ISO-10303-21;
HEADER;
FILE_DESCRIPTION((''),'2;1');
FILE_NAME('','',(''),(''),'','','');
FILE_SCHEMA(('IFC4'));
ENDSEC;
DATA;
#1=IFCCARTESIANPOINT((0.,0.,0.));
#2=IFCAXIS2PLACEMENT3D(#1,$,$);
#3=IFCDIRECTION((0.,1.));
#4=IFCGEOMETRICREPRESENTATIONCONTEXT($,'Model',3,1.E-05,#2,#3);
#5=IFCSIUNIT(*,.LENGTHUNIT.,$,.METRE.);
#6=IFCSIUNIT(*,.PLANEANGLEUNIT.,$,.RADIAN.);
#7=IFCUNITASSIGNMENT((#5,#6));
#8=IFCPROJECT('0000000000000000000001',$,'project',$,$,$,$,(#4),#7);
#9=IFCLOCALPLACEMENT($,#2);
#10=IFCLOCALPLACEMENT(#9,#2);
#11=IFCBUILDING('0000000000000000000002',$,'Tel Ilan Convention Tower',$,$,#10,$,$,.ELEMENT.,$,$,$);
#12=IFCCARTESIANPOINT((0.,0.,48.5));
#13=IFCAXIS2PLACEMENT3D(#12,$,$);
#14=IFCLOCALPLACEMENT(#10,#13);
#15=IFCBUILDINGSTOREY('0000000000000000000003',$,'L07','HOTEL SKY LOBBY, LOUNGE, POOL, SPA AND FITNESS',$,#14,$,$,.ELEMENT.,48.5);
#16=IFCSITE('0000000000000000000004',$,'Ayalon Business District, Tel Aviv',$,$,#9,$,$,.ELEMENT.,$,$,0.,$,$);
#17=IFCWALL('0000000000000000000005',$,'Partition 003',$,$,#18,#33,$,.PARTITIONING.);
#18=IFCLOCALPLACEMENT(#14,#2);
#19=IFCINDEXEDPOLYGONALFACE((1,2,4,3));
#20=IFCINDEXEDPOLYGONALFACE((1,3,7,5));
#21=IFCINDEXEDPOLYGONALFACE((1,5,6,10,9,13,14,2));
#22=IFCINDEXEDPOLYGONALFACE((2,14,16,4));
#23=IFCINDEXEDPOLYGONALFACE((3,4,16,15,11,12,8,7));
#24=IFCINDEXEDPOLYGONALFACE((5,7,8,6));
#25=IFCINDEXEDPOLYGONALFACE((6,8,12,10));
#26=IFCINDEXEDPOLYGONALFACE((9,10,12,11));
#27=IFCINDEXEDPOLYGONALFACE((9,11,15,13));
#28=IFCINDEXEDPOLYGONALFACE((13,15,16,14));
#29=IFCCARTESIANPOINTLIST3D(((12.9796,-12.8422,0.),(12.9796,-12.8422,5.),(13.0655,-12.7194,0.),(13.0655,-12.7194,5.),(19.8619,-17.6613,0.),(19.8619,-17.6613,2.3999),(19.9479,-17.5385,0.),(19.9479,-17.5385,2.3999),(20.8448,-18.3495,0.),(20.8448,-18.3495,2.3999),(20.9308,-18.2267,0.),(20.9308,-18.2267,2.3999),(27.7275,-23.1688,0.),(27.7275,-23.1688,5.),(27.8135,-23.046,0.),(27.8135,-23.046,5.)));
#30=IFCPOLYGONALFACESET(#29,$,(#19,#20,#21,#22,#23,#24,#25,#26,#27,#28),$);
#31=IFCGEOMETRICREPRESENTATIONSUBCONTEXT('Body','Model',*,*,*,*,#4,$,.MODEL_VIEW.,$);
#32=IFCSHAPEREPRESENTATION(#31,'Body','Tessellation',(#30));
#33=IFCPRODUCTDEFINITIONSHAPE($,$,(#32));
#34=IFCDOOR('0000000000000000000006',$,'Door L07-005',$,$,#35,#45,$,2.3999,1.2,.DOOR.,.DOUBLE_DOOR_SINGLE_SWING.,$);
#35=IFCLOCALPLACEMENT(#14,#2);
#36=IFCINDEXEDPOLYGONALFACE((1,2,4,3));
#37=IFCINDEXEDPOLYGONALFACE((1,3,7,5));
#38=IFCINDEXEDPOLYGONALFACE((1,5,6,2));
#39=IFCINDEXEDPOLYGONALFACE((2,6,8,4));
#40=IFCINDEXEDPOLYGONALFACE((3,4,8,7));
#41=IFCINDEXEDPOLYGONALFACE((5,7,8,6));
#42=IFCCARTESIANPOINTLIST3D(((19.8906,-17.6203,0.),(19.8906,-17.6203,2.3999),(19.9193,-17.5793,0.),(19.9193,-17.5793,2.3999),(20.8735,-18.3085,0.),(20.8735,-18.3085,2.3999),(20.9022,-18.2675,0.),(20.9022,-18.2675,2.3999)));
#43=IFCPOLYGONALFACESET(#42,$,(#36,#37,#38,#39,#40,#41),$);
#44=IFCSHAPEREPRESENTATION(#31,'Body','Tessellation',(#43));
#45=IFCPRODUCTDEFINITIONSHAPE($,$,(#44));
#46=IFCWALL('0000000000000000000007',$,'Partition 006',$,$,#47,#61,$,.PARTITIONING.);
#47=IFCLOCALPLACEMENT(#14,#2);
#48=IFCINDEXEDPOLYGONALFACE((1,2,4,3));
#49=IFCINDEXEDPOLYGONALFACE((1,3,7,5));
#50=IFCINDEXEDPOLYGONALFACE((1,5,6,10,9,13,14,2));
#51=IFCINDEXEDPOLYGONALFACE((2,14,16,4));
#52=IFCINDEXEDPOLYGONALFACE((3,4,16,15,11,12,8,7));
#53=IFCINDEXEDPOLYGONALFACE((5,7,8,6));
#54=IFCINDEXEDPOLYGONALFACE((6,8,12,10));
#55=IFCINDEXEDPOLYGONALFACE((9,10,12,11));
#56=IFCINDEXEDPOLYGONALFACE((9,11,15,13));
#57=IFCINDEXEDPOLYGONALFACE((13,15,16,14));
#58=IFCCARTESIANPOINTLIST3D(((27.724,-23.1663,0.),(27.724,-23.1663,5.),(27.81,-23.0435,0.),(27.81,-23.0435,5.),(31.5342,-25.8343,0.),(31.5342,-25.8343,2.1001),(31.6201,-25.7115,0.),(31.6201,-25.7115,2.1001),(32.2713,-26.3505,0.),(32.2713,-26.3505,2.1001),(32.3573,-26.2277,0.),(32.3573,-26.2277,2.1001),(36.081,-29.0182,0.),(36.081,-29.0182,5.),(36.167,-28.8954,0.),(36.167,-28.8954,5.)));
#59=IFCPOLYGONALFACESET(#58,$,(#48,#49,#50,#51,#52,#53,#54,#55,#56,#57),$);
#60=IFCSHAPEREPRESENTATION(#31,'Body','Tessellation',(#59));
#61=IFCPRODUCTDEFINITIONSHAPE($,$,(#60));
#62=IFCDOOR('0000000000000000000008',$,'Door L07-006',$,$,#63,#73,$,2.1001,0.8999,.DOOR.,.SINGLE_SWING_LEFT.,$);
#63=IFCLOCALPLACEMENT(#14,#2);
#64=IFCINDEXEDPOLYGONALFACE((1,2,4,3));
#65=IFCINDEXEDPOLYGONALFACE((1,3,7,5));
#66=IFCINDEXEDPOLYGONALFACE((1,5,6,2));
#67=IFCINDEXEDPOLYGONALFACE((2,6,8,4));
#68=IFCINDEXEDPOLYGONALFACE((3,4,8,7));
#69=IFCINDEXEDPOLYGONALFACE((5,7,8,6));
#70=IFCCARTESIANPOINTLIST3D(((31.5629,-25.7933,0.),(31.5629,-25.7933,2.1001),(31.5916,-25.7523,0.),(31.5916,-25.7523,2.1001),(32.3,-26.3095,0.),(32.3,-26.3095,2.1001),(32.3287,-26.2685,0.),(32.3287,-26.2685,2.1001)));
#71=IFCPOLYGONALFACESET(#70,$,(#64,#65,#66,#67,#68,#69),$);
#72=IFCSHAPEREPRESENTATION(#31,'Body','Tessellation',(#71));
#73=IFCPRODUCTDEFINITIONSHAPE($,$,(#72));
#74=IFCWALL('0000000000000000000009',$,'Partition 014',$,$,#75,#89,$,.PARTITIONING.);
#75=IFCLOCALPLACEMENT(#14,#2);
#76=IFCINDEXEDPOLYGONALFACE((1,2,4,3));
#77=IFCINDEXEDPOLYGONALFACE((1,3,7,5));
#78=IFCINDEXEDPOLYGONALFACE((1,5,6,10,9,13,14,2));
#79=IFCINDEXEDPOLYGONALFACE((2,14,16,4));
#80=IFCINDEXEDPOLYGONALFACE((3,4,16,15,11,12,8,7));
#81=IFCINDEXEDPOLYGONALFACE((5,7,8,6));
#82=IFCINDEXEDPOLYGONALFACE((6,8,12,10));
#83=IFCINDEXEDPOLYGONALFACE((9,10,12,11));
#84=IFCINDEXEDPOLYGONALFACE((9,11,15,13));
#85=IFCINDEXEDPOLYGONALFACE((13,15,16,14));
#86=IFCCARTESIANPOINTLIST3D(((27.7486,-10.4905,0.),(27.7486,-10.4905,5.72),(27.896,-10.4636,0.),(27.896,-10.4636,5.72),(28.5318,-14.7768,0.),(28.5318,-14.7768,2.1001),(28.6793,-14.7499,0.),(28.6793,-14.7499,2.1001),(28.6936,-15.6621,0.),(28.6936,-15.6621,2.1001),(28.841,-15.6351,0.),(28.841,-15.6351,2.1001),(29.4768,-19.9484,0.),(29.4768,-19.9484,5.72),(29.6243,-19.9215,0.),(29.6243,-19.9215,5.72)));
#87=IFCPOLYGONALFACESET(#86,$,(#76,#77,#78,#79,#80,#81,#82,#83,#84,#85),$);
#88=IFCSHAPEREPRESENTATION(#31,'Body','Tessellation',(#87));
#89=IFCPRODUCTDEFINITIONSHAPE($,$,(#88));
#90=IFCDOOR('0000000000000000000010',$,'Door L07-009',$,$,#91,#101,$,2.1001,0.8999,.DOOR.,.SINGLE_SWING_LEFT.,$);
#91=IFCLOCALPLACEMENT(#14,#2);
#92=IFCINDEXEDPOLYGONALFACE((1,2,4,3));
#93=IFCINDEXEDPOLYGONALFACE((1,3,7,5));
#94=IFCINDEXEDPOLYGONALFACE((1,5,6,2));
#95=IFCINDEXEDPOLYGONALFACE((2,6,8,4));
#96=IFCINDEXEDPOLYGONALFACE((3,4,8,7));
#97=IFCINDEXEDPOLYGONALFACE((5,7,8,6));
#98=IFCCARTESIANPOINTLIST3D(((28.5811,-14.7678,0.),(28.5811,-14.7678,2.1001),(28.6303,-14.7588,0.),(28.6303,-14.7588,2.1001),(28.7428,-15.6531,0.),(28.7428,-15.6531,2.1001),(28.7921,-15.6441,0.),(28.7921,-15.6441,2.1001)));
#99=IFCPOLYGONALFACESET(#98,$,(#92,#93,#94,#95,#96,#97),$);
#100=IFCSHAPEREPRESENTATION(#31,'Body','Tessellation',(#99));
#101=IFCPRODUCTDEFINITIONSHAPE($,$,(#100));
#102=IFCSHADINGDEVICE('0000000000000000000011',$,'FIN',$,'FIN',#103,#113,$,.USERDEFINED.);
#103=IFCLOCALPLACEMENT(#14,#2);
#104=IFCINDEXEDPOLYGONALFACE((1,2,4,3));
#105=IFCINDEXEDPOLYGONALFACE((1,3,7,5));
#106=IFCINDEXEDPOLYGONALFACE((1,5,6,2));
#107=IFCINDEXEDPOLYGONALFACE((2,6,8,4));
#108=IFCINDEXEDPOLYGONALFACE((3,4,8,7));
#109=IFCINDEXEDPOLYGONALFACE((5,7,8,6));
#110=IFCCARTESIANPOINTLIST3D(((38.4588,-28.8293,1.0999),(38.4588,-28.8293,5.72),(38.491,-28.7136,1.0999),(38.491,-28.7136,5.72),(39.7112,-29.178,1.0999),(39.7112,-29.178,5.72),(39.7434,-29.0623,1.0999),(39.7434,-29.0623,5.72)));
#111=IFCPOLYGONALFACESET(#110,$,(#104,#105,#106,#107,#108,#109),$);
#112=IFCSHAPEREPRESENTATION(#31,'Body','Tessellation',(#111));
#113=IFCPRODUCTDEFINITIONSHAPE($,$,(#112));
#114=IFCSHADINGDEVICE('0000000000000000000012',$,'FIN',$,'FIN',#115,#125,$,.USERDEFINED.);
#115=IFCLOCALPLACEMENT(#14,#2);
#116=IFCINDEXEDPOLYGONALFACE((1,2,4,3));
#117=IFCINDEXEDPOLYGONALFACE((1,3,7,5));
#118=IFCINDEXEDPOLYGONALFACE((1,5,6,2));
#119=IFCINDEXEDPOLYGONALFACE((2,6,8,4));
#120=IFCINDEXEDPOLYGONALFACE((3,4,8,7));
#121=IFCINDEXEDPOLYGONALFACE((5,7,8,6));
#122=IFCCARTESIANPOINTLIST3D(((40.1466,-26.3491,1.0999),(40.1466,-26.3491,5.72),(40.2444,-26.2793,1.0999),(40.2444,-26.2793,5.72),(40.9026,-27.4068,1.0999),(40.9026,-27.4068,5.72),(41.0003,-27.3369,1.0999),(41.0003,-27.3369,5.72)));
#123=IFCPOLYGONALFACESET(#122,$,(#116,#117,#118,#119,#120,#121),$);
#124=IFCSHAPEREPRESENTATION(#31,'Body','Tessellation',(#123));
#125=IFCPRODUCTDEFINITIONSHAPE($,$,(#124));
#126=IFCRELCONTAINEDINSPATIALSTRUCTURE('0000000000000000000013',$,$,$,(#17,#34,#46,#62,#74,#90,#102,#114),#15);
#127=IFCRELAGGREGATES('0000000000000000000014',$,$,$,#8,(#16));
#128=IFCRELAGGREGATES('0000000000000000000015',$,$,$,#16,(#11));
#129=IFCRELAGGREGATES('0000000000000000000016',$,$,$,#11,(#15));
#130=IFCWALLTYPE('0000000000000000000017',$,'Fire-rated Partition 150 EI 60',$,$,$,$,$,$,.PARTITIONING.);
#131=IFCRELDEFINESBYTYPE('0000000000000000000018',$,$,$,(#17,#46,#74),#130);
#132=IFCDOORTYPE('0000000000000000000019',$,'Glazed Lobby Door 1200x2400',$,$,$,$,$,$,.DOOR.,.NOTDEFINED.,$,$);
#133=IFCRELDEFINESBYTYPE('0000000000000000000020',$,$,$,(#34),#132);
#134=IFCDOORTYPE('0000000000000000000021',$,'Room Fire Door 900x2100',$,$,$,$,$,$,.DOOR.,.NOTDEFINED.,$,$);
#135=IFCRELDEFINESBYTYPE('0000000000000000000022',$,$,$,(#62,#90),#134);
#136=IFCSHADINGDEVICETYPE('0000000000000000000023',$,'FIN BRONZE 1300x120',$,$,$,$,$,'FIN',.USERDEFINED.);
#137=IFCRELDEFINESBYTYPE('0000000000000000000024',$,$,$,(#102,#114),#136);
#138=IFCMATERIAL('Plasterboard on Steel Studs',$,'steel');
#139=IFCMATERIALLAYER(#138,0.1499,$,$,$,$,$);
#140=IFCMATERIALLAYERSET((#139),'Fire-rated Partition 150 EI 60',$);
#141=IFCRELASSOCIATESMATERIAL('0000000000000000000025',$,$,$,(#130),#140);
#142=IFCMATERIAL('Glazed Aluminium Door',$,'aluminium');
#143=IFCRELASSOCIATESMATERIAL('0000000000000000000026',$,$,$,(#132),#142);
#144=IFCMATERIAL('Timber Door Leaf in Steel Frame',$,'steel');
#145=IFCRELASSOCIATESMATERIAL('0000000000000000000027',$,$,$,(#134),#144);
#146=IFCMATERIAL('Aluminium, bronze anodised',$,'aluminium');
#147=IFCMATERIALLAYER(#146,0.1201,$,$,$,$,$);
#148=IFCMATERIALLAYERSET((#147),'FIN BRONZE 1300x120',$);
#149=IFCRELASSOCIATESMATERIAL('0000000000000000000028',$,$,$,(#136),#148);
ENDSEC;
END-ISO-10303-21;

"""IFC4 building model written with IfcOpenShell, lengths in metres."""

from ifc_helpers import new_model, si_unit, direction, frame, frame_2d, origin, origin_2d, place, context, subcontext, project, spatial, rectangle, extrude, material, layer, layer_set, type_object, element, fill, save


model = new_model("IFC4")

# Units and contexts
model_context = context("Model", 3, precision=1e-05, world=origin(), true_north=direction((0.0, 1.0)))
body_context = subcontext(model_context, "Body", "Model", "MODEL_VIEW")
ifc_project = project(units=[si_unit("LENGTHUNIT", "METRE"), si_unit("PLANEANGLEUNIT", "RADIAN")], contexts=[model_context])

# Site, building, storey
site_placement = place(None, origin())
site = spatial("IfcSite", under=ifc_project, at=site_placement, Name="Ayalon Business District, Tel Aviv", CompositionType="ELEMENT", RefElevation=0.0)
building_placement = place(site_placement, origin())
building = spatial("IfcBuilding", under=site, at=building_placement, Name="Tel Ilan Convention Tower", CompositionType="ELEMENT")
storey_placement = place(building_placement, frame((0.0, 0.0, 48.5)))
storey = spatial("IfcBuildingStorey", under=building, at=storey_placement, Name="L07", Description="HOTEL SKY LOBBY, LOUNGE, POOL, SPA AND FITNESS", CompositionType="ELEMENT", Elevation=48.5)

# Walls, openings, doors
ifc_material_1 = material(Name="Plasterboard on Steel Studs", Category="steel")
ifc_layer_1 = layer(ifc_material_1, 0.1499)
ifc_layer_set_1 = layer_set([ifc_layer_1], Name="Fire-rated Partition 150 EI 60")
wall_type_1 = type_object("IfcWallType", Name="Fire-rated Partition 150 EI 60", PredefinedType="PARTITIONING", material=ifc_layer_set_1)
wall_1_placement = place(storey_placement, frame((27.7705, -23.1074, 0.0), z_axis=(0.0, 0.0, 1.0), x_axis=(-0.819153, 0.573575, 0.0)))
wall_1 = element("IfcWall", 1, at=wall_1_placement, inside=storey, type_object=wall_type_1, Name="Partition 003", PredefinedType="PARTITIONING", context=body_context, shape_type="SweptSolid", body=[
    extrude(rectangle(XDim=18.0039, YDim=0.1499, at=frame_2d((9.002, 0.0))), origin(), (0.0, 0.0, 1.0), 5.0),
])
opening_1_placement = place(wall_1_placement, frame((8.4021, 0.0, 0.0)))
opening_1 = element("IfcOpeningElement", 2, at=opening_1_placement, cuts=wall_1, PredefinedType="OPENING", context=body_context, shape_type="SweptSolid", body=[
    extrude(rectangle(XDim=1.2, YDim=2.3999, at=frame_2d((0.6001, 1.2))), frame((0.0, 0.085, 0.0), z_axis=(0.0, -1.0, 0.0), x_axis=(1.0, 0.0, 0.0)), (0.0, 0.0, 1.0), 0.1699),
])
ifc_material_2 = material(Name="Glazed Aluminium Door", Category="aluminium")
door_type_1 = type_object("IfcDoorType", Name="Glazed Lobby Door 1200x2400", OperationType="NOTDEFINED", PredefinedType="DOOR", material=ifc_material_2)
door_1_placement = place(opening_1_placement, origin())
door_1 = element("IfcDoor", 3, at=door_1_placement, inside=storey, type_object=door_type_1, Name="Door L07-005", OperationType="DOUBLE_DOOR_SINGLE_SWING", OverallHeight=2.3999, OverallWidth=1.2, PredefinedType="DOOR", context=body_context, shape_type="SweptSolid", body=[
    extrude(rectangle(XDim=1.2, YDim=2.3999, at=frame_2d((0.6001, 1.2))), frame((0.0, 0.0249, 0.0), z_axis=(0.0, -1.0, 0.0), x_axis=(1.0, 0.0, 0.0)), (0.0, 0.0, 1.0), 0.05),
])
fill(opening_1, door_1)
wall_2_placement = place(storey_placement, frame((36.124, -28.9568, 0.0), z_axis=(0.0, 0.0, 1.0), x_axis=(-0.819142, 0.573591, 0.0)))
wall_2 = element("IfcWall", 4, at=wall_2_placement, inside=storey, type_object=wall_type_1, Name="Partition 006", PredefinedType="PARTITIONING", context=body_context, shape_type="SweptSolid", body=[
    extrude(rectangle(XDim=10.2021, YDim=0.1499, at=frame_2d((5.1011, 0.0))), origin(), (0.0, 0.0, 1.0), 5.0),
])
opening_2_placement = place(wall_2_placement, frame((4.6509, 0.0, 0.0)))
opening_2 = element("IfcOpeningElement", 5, at=opening_2_placement, cuts=wall_2, PredefinedType="OPENING", context=body_context, shape_type="SweptSolid", body=[
    extrude(rectangle(XDim=0.8999, YDim=2.1001, at=frame_2d((0.45, 1.05))), frame((0.0, 0.085, 0.0), z_axis=(0.0, -1.0, 0.0), x_axis=(1.0, 0.0, 0.0)), (0.0, 0.0, 1.0), 0.1699),
])
ifc_material_3 = material(Name="Timber Door Leaf in Steel Frame", Category="steel")
door_type_2 = type_object("IfcDoorType", Name="Room Fire Door 900x2100", OperationType="NOTDEFINED", PredefinedType="DOOR", material=ifc_material_3)
door_2_placement = place(opening_2_placement, origin())
door_2 = element("IfcDoor", 6, at=door_2_placement, inside=storey, type_object=door_type_2, Name="Door L07-006", OperationType="SINGLE_SWING_LEFT", OverallHeight=2.1001, OverallWidth=0.8999, PredefinedType="DOOR", context=body_context, shape_type="SweptSolid", body=[
    extrude(rectangle(XDim=0.8999, YDim=2.1001, at=frame_2d((0.45, 1.05))), frame((0.0, 0.0249, 0.0), z_axis=(0.0, -1.0, 0.0), x_axis=(1.0, 0.0, 0.0)), (0.0, 0.0, 1.0), 0.05),
])
fill(opening_2, door_2)
wall_3_placement = place(storey_placement, frame((29.5505, -19.9348, 0.0), z_axis=(0.0, 0.0, 1.0), x_axis=(-0.179755, 0.983711, 0.0)))
wall_3 = element("IfcWall", 7, at=wall_3_placement, inside=storey, type_object=wall_type_1, Name="Partition 014", PredefinedType="PARTITIONING", context=body_context, shape_type="SweptSolid", body=[
    extrude(rectangle(XDim=9.6145, YDim=0.1499, at=frame_2d((4.8071, 0.0))), origin(), (0.0, 0.0, 1.0), 5.72),
])
opening_3_placement = place(wall_3_placement, frame((4.3572, 0.0, 0.0)))
opening_3 = element("IfcOpeningElement", 8, at=opening_3_placement, cuts=wall_3, PredefinedType="OPENING", context=body_context, shape_type="SweptSolid", body=[
    extrude(rectangle(XDim=0.8999, YDim=2.1001, at=frame_2d((0.45, 1.05))), frame((0.0, 0.085, 0.0), z_axis=(0.0, -1.0, 0.0), x_axis=(1.0, 0.0, 0.0)), (0.0, 0.0, 1.0), 0.1699),
])
door_3_placement = place(opening_3_placement, origin())
door_3 = element("IfcDoor", 9, at=door_3_placement, inside=storey, type_object=door_type_2, Name="Door L07-009", OperationType="SINGLE_SWING_LEFT", OverallHeight=2.1001, OverallWidth=0.8999, PredefinedType="DOOR", context=body_context, shape_type="SweptSolid", body=[
    extrude(rectangle(XDim=0.8999, YDim=2.1001, at=frame_2d((0.45, 1.05))), frame((0.0, 0.0249, 0.0), z_axis=(0.0, -1.0, 0.0), x_axis=(1.0, 0.0, 0.0)), (0.0, 0.0, 1.0), 0.05),
])
fill(opening_3, door_3)

# Shading devices
ifc_material_4 = material(Name="Aluminium, bronze anodised", Category="aluminium")
ifc_layer_2 = layer(ifc_material_4, 0.1201)
ifc_layer_set_2 = layer_set([ifc_layer_2], Name="FIN BRONZE 1300x120")
shading_device_type = type_object("IfcShadingDeviceType", Name="FIN BRONZE 1300x120", ElementType="FIN", PredefinedType="USERDEFINED", material=ifc_layer_set_2)
for number, where, z_axis, x_axis, name in (
    (10, (39.1011, -28.9458, 1.0999), (0.0, 0.0, 1.0), (0.963371, -0.268173, 0.0), "FIN"),
    (11, (40.5735, -26.843, 1.0999), (0.0, 0.0, 1.0), (0.581492, -0.813552, 0.0), "FIN"),
):
    element("IfcShadingDevice", number, at=place(storey_placement, frame(where, z_axis=z_axis, x_axis=x_axis)), inside=storey, type_object=shading_device_type, Name=name, ObjectType="FIN", PredefinedType="USERDEFINED", context=body_context, shape_type="SweptSolid", body=[
        extrude(rectangle(XDim=1.3, YDim=0.1201, at=origin_2d()), origin(), (0.0, 0.0, 1.0), 4.6201),
    ])

save(model, "model.ifc")
